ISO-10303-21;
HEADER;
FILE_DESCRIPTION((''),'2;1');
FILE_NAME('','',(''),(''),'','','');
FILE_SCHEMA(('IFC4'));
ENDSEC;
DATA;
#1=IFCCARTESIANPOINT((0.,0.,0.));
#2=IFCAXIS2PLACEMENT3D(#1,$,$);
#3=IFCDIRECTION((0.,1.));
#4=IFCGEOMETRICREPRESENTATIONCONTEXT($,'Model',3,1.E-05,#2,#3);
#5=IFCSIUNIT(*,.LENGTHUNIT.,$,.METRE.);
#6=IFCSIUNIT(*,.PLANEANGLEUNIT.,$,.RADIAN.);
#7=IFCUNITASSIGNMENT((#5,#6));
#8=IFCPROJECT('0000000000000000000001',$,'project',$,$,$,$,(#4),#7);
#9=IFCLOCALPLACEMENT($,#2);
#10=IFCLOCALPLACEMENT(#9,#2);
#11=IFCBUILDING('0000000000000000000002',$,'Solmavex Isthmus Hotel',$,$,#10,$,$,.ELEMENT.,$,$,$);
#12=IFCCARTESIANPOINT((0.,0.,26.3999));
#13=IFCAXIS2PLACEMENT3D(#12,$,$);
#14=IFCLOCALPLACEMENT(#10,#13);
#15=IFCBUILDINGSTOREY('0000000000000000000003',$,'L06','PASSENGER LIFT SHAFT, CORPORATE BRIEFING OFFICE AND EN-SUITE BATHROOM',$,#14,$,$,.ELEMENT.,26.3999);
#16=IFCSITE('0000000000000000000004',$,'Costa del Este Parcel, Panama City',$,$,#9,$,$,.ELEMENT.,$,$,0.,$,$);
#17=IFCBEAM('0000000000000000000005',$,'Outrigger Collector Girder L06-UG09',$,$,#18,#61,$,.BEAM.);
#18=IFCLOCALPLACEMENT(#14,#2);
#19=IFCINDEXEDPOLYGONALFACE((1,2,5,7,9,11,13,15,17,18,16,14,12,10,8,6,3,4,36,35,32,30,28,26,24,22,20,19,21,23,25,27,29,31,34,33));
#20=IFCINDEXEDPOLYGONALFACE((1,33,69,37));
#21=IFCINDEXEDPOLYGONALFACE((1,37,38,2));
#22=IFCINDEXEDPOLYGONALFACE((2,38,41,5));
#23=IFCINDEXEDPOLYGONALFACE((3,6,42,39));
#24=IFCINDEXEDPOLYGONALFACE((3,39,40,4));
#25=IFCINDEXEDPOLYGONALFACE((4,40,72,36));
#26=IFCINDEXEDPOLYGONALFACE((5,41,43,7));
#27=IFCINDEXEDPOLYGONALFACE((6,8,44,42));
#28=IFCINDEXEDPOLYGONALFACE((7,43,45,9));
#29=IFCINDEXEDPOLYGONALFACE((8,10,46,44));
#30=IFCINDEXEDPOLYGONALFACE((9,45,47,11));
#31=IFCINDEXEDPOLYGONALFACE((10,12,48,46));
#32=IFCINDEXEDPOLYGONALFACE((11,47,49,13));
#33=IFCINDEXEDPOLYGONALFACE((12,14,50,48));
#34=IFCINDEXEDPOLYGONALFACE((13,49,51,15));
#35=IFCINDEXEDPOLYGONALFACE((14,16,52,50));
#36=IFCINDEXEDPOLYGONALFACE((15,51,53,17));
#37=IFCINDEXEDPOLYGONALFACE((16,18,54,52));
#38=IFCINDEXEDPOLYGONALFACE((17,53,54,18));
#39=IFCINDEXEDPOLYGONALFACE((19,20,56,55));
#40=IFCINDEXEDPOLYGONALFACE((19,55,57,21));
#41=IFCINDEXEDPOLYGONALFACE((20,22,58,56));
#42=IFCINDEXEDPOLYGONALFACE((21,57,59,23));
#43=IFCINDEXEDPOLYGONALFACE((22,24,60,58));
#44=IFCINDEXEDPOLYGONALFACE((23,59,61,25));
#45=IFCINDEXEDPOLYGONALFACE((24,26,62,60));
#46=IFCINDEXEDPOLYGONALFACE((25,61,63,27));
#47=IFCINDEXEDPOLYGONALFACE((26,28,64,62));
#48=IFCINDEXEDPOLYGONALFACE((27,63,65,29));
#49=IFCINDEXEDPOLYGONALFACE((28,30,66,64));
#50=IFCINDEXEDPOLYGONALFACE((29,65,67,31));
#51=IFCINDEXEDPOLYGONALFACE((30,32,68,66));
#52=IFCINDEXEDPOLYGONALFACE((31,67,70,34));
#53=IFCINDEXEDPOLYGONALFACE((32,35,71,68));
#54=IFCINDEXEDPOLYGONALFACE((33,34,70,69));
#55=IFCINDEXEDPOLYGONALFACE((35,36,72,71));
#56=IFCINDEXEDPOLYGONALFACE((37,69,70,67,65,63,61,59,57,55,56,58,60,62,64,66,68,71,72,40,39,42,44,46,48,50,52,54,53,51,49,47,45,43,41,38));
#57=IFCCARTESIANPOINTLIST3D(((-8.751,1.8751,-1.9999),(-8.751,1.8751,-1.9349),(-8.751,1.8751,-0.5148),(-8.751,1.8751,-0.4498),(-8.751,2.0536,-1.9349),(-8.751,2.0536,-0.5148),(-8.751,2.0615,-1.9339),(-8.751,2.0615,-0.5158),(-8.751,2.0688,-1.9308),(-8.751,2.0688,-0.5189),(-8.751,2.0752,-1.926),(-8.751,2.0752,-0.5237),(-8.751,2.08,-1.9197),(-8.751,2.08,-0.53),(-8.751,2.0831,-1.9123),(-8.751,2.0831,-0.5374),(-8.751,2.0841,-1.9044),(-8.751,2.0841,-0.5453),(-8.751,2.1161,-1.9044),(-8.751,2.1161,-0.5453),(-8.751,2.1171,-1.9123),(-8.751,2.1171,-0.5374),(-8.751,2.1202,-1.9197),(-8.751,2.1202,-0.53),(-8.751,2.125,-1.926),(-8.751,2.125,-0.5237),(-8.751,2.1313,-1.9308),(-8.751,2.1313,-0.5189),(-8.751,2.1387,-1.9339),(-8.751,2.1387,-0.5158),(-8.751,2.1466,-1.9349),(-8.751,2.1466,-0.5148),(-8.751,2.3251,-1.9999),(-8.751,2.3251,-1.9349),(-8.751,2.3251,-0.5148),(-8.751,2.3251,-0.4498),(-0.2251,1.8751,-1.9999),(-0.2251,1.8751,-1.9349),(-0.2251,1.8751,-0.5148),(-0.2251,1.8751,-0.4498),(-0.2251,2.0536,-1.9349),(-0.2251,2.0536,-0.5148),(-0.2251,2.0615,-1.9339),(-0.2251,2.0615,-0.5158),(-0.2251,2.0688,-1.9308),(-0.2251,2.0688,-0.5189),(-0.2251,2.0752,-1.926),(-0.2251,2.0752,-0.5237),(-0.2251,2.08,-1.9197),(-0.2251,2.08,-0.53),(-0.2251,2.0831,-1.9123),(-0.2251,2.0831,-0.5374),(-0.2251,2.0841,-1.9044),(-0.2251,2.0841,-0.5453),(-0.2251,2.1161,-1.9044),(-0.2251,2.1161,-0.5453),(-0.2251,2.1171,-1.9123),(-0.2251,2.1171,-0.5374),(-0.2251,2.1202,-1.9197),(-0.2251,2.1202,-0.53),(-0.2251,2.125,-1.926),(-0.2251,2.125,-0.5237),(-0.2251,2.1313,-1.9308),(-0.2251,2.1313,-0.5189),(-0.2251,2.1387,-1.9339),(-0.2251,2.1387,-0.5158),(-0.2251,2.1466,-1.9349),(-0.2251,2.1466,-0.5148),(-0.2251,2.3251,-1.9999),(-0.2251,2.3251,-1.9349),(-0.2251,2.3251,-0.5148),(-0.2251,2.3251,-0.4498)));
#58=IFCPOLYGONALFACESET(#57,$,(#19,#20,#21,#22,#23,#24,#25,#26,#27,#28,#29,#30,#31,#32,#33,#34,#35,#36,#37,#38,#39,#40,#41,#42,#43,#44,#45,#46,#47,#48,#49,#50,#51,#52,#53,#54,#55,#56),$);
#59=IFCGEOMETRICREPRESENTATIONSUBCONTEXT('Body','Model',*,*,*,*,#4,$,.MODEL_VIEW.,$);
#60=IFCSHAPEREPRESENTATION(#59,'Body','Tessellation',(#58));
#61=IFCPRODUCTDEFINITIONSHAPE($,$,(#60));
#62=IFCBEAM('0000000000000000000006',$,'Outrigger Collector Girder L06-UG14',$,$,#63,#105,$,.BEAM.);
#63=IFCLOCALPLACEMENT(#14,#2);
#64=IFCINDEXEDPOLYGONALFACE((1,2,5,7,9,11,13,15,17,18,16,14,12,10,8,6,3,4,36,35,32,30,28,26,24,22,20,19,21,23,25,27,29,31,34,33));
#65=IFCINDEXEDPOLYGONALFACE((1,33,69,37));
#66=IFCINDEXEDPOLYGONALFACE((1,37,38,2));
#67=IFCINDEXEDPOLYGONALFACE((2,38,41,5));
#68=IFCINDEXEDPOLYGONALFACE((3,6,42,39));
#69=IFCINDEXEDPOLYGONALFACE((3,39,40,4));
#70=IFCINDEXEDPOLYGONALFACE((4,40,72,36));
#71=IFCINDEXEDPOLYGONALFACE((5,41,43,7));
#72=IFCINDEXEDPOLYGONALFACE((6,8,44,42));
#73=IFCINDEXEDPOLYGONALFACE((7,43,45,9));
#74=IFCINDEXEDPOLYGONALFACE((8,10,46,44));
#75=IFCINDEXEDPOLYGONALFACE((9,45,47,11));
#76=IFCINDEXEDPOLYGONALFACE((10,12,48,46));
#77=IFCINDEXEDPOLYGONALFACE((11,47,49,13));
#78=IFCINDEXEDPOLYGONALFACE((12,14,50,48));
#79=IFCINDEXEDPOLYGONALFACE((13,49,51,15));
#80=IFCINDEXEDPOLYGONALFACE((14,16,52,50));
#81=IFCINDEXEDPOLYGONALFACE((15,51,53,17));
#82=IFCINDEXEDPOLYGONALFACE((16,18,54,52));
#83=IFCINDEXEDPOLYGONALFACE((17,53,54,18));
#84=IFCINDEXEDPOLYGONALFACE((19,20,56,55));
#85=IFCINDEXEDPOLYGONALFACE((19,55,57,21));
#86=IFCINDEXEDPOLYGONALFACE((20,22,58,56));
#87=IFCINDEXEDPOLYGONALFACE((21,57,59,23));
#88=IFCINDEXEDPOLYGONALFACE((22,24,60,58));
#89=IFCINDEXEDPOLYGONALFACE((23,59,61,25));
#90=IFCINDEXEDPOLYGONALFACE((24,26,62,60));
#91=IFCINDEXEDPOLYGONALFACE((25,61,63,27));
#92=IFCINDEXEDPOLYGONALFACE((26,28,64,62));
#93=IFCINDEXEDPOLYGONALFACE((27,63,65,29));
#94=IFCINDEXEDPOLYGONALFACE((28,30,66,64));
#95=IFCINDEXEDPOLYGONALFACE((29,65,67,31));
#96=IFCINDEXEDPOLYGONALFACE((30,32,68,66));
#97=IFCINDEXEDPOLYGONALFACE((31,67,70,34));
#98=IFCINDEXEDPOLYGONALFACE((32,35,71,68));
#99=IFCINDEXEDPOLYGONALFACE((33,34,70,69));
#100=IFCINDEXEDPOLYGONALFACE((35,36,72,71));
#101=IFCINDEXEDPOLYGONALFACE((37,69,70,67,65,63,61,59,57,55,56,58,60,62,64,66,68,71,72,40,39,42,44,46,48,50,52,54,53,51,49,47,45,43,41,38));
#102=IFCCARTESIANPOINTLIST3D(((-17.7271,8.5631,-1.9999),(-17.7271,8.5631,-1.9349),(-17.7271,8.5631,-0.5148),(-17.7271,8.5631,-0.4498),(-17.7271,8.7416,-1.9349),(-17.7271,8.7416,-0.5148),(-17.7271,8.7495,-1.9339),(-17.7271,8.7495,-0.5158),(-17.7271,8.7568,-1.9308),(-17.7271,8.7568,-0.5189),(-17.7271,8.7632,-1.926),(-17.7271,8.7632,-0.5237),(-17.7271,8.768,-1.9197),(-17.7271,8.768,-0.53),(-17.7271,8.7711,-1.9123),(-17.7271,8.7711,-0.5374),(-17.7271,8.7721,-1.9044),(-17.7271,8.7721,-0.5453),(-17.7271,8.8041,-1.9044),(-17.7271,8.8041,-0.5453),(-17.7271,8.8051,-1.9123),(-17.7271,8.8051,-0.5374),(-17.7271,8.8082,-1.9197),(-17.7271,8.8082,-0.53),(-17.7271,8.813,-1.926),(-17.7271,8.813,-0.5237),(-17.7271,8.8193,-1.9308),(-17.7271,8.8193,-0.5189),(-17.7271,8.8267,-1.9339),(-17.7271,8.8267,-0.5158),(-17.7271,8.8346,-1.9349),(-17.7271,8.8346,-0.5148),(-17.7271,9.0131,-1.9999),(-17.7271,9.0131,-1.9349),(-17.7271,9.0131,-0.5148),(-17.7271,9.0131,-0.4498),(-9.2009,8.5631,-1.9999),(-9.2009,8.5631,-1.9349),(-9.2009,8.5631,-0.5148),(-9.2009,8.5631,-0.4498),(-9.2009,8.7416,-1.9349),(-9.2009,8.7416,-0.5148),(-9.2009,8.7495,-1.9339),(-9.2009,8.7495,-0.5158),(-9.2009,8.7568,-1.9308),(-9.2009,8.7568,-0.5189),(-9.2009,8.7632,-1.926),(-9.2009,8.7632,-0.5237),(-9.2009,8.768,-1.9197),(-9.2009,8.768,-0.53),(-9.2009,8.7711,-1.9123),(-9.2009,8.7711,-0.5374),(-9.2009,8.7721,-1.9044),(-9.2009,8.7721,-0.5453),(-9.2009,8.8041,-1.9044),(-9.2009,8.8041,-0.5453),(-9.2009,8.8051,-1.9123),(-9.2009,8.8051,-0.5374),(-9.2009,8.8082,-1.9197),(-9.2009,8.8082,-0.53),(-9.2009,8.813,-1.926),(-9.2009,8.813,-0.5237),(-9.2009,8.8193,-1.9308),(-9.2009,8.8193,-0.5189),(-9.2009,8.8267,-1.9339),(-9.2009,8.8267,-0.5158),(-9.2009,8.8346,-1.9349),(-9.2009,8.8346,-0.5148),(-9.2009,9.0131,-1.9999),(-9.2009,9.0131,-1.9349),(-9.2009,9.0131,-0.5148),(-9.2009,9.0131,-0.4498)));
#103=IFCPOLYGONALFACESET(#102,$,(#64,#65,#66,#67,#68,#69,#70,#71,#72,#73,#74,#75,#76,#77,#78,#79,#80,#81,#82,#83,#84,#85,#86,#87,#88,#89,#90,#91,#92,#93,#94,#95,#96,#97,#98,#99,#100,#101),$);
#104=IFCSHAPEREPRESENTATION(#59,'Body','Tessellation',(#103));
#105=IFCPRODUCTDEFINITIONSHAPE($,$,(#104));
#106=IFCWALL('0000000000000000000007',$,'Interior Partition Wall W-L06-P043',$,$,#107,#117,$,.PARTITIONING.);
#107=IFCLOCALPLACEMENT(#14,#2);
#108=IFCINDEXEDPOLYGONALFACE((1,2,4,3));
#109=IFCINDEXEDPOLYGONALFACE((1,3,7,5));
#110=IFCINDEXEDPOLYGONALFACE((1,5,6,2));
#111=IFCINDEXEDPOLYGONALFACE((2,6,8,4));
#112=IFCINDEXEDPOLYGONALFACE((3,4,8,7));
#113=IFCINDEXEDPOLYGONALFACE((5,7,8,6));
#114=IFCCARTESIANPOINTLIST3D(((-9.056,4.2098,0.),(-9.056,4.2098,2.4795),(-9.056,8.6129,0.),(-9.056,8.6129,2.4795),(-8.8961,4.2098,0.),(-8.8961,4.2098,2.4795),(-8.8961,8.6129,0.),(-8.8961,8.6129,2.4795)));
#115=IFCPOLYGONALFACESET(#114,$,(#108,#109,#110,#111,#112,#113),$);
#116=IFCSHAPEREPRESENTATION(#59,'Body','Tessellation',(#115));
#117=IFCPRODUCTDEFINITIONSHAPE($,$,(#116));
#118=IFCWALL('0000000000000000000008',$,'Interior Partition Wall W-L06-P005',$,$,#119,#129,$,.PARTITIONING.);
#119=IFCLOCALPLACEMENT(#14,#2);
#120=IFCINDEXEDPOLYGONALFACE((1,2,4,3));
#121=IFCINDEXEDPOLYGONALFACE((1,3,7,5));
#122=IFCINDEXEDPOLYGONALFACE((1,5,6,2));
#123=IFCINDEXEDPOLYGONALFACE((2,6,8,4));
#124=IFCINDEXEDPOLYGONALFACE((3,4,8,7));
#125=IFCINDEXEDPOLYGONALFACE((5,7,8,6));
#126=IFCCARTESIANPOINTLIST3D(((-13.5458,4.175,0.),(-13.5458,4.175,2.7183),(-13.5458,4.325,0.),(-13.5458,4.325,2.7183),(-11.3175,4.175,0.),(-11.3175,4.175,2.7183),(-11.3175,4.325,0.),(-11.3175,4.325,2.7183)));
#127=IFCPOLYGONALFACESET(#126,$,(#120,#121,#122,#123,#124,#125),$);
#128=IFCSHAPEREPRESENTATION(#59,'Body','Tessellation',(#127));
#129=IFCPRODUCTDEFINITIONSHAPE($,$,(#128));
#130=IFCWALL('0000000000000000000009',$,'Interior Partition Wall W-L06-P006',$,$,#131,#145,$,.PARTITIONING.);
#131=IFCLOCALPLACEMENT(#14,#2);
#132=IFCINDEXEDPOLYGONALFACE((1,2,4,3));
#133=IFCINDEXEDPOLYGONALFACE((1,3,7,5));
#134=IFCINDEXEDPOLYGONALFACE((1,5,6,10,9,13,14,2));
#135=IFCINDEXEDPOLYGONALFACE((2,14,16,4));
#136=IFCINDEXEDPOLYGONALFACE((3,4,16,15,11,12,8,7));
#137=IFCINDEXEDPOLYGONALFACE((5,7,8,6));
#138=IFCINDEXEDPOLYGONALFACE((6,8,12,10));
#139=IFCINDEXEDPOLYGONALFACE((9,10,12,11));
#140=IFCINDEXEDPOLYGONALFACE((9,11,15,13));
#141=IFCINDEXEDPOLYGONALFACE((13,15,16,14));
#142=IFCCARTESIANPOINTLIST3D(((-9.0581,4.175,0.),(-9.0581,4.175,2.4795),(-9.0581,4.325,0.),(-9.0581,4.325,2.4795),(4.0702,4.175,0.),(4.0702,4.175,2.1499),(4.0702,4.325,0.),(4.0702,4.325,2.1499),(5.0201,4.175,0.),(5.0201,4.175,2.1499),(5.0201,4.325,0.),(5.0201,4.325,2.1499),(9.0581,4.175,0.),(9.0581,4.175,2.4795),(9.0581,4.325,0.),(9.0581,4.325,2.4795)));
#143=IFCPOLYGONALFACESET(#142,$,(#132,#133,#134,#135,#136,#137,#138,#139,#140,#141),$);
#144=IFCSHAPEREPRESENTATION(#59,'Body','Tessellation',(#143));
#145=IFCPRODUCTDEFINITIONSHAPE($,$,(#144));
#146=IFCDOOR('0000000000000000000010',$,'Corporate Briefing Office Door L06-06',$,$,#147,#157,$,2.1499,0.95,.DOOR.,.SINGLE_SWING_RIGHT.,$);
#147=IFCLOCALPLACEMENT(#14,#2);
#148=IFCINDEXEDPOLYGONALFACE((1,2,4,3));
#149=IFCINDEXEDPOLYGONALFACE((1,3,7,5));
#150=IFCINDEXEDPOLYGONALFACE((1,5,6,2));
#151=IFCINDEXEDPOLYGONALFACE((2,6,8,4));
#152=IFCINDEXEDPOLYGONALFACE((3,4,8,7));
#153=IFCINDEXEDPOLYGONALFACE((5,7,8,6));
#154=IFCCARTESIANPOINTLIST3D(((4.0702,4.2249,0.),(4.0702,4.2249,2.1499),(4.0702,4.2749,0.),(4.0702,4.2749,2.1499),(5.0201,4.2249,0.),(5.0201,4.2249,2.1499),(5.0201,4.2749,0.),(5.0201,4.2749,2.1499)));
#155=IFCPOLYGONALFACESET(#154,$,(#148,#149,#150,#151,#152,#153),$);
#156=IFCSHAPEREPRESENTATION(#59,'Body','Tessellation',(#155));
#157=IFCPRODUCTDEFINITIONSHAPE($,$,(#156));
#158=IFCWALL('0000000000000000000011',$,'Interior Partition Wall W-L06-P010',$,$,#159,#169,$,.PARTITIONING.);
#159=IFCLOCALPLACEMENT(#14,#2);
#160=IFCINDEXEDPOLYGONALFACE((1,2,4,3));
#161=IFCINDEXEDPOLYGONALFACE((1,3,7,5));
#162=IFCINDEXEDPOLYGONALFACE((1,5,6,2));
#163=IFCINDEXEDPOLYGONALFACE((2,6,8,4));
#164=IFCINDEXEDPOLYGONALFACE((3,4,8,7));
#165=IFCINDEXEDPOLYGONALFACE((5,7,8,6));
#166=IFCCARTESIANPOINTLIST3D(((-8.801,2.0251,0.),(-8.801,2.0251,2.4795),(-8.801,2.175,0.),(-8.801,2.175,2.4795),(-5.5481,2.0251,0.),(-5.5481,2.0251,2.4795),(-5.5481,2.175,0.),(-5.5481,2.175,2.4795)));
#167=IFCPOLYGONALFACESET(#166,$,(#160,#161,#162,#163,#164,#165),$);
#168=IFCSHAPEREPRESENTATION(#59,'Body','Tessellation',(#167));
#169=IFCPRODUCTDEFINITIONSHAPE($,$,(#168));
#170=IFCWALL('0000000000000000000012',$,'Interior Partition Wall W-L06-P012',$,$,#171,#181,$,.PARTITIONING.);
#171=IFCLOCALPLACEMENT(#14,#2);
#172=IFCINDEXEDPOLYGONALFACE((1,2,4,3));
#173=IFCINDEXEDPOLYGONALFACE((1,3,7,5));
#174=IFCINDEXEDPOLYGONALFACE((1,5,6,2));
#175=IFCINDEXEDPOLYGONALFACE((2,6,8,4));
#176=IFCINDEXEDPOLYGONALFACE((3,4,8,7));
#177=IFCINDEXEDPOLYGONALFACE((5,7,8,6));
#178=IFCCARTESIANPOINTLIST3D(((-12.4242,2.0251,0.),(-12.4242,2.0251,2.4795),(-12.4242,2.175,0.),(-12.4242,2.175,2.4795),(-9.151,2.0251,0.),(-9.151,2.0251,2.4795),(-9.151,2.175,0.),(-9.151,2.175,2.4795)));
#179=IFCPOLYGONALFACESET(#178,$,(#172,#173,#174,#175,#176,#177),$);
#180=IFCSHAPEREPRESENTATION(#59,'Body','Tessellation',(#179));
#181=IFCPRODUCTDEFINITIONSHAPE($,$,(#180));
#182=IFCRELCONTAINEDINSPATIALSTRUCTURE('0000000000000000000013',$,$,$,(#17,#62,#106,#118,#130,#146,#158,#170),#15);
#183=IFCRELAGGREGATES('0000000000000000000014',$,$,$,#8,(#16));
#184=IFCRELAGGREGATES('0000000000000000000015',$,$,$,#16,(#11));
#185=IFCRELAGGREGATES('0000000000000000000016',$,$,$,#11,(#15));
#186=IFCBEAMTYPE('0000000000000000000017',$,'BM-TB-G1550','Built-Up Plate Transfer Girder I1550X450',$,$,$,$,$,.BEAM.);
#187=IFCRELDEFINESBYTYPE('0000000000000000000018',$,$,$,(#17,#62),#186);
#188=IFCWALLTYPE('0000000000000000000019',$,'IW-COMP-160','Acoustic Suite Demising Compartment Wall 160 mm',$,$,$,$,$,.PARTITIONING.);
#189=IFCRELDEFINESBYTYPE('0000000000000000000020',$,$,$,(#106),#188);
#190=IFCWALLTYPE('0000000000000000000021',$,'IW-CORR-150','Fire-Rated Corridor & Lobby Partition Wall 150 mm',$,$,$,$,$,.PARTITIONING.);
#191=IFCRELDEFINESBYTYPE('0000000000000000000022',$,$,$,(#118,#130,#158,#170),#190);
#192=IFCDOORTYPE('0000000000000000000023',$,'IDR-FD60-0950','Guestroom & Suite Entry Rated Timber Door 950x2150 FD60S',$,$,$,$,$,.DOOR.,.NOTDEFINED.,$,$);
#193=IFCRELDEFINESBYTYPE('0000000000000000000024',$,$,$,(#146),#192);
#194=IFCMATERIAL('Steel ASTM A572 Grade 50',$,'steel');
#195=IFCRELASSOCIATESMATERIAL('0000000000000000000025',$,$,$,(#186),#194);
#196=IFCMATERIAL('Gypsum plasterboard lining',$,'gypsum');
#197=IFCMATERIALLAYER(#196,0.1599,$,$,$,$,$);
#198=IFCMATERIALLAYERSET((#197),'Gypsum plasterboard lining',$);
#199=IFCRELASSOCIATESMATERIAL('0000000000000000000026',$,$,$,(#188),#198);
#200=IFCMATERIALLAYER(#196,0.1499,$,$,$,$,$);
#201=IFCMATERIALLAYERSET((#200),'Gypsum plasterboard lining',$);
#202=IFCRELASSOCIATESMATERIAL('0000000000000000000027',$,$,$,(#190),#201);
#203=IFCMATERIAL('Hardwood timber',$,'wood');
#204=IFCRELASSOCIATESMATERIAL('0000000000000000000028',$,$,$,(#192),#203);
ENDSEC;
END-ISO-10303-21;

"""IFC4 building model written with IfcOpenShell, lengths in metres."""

from ifc_helpers import new_model, si_unit, direction, frame, frame_2d, origin, origin_2d, place, context, subcontext, project, spatial, rectangle, i_section, extrude, material, layer, layer_set, material_profile, profile_set, type_object, element, fill, save


model = new_model("IFC4")

# Units and contexts
model_context = context("Model", 3, precision=1e-05, world=origin(), true_north=direction((0.0, 1.0)))
body_context = subcontext(model_context, "Body", "Model", "MODEL_VIEW")
ifc_project = project(units=[si_unit("LENGTHUNIT", "METRE"), si_unit("PLANEANGLEUNIT", "RADIAN")], contexts=[model_context])

# Site, building, storey
site_placement = place(None, origin())
site = spatial("IfcSite", under=ifc_project, at=site_placement, Name="Costa del Este Parcel, Panama City", CompositionType="ELEMENT", RefElevation=0.0)
building_placement = place(site_placement, origin())
building = spatial("IfcBuilding", under=site, at=building_placement, Name="Solmavex Isthmus Hotel", CompositionType="ELEMENT")
storey_placement = place(building_placement, frame((0.0, 0.0, 26.3999)))
storey = spatial("IfcBuildingStorey", under=building, at=storey_placement, Name="L06", Description="PASSENGER LIFT SHAFT, CORPORATE BRIEFING OFFICE AND EN-SUITE BATHROOM", CompositionType="ELEMENT", Elevation=26.3999)

# Beams
ifc_material_1 = material(Name="Steel ASTM A572 Grade 50", Category="steel")
ifc_material_profile_1 = material_profile(ifc_material_1, i_section(OverallWidth=0.45, OverallDepth=1.55, WebThickness=0.032, FlangeThickness=0.0649, FilletRadius=0.0305, at=origin_2d()), Name="I1550X450")
ifc_profile_set_1 = profile_set([ifc_material_profile_1], Name="Steel ASTM A572 Grade 50")
beam_type_1 = type_object("IfcBeamType", Name="BM-TB-G1550", Description="Built-Up Plate Transfer Girder I1550X450", PredefinedType="BEAM", material=ifc_profile_set_1)
beam_1_placement = place(storey_placement, frame((-8.751, 2.1001, -1.2249), z_axis=(1.0, 0.0, 0.0), x_axis=(0.0, 1.0, 0.0)))
element("IfcBeam", 1, at=beam_1_placement, inside=storey, type_object=beam_type_1, Name="Outrigger Collector Girder L06-UG09", PredefinedType="BEAM", context=body_context, shape_type="SweptSolid", body=[
    extrude(i_section(OverallWidth=0.45, OverallDepth=1.55, WebThickness=0.032, FlangeThickness=0.0649, FilletRadius=0.0305, at=origin_2d()), origin(), (0.0, 0.0, 1.0), 8.5259),
])
beam_2_placement = place(storey_placement, frame((-17.7271, 8.7881, -1.2249), z_axis=(1.0, 0.0, 0.0), x_axis=(0.0, 1.0, 0.0)))
element("IfcBeam", 2, at=beam_2_placement, inside=storey, type_object=beam_type_1, Name="Outrigger Collector Girder L06-UG14", PredefinedType="BEAM", context=body_context, shape_type="SweptSolid", body=[
    extrude(i_section(OverallWidth=0.45, OverallDepth=1.55, WebThickness=0.032, FlangeThickness=0.0649, FilletRadius=0.0305, at=origin_2d()), origin(), (0.0, 0.0, 1.0), 8.5261),
])

# Wall
ifc_material_2 = material(Name="Gypsum plasterboard lining", Category="gypsum")
ifc_layer_1 = layer(ifc_material_2, 0.1599)
ifc_layer_set_1 = layer_set([ifc_layer_1], Name="Gypsum plasterboard lining")
wall_type_1 = type_object("IfcWallType", Name="IW-COMP-160", Description="Acoustic Suite Demising Compartment Wall 160 mm", PredefinedType="PARTITIONING", material=ifc_layer_set_1)
wall_1_placement = place(storey_placement, frame((-8.9761, 8.613, 0.0), z_axis=(0.0, 0.0, 1.0), x_axis=(0.0, -1.0, 0.0)))
element("IfcWall", 3, at=wall_1_placement, inside=storey, type_object=wall_type_1, Name="Interior Partition Wall W-L06-P043", PredefinedType="PARTITIONING", context=body_context, shape_type="SweptSolid", body=[
    extrude(rectangle(XDim=4.4031, YDim=0.1599, at=frame_2d((2.2017, 0.0))), origin(), (0.0, 0.0, 1.0), 2.4795),
])

# Shared definitions
ifc_layer_2 = layer(ifc_material_2, 0.1499)
ifc_layer_set_2 = layer_set([ifc_layer_2], Name="Gypsum plasterboard lining")
wall_type_2 = type_object("IfcWallType", Name="IW-CORR-150", Description="Fire-Rated Corridor & Lobby Partition Wall 150 mm", PredefinedType="PARTITIONING", material=ifc_layer_set_2)
ifc_material_3 = material(Name="Hardwood timber", Category="wood")
door_type_1 = type_object("IfcDoorType", Name="IDR-FD60-0950", Description="Guestroom & Suite Entry Rated Timber Door 950x2150 FD60S", OperationType="NOTDEFINED", PredefinedType="DOOR", material=ifc_material_3)

# Wall
wall_2_placement = place(storey_placement, frame((-13.5459, 4.25, 0.0), z_axis=(0.0, 0.0, 1.0), x_axis=(1.0, 0.0, 0.0)))
element("IfcWall", 4, at=wall_2_placement, inside=storey, type_object=wall_type_2, Name="Interior Partition Wall W-L06-P005", PredefinedType="PARTITIONING", context=body_context, shape_type="SweptSolid", body=[
    extrude(rectangle(XDim=2.2283, YDim=0.1499, at=frame_2d((1.1143, 0.0))), origin(), (0.0, 0.0, 1.0), 2.7183),
])

# Wall, opening, door
wall_3_placement = place(storey_placement, frame((-9.0581, 4.25, 0.0), z_axis=(0.0, 0.0, 1.0), x_axis=(1.0, 0.0, 0.0)))
wall_3 = element("IfcWall", 5, at=wall_3_placement, inside=storey, type_object=wall_type_2, Name="Interior Partition Wall W-L06-P006", PredefinedType="PARTITIONING", context=body_context, shape_type="SweptSolid", body=[
    extrude(rectangle(XDim=18.1162, YDim=0.1499, at=frame_2d((9.0581, 0.0))), origin(), (0.0, 0.0, 1.0), 2.4795),
])
opening_1_placement = place(wall_3_placement, frame((13.1282, 0.0, 0.0)))
opening_1 = element("IfcOpeningElement", 6, at=opening_1_placement, cuts=wall_3, PredefinedType="OPENING", context=body_context, shape_type="SweptSolid", body=[
    extrude(rectangle(XDim=0.95, YDim=2.1499, at=frame_2d((0.4751, 1.075))), frame((0.0, 0.085, 0.0), z_axis=(0.0, -1.0, 0.0), x_axis=(1.0, 0.0, 0.0)), (0.0, 0.0, 1.0), 0.1699),
])
door_1_placement = place(opening_1_placement, origin())
door_1 = element("IfcDoor", 7, at=door_1_placement, inside=storey, type_object=door_type_1, Name="Corporate Briefing Office Door L06-06", OperationType="SINGLE_SWING_RIGHT", OverallHeight=2.1499, OverallWidth=0.95, PredefinedType="DOOR", context=body_context, shape_type="SweptSolid", body=[
    extrude(rectangle(XDim=0.95, YDim=2.1499, at=frame_2d((0.4751, 1.075))), frame((0.0, 0.0249, 0.0), z_axis=(0.0, -1.0, 0.0), x_axis=(1.0, 0.0, 0.0)), (0.0, 0.0, 1.0), 0.05),
])
fill(opening_1, door_1)

# Walls
wall_4_placement = place(storey_placement, frame((-5.5481, 2.1001, 0.0), z_axis=(0.0, 0.0, 1.0), x_axis=(-1.0, 0.0, 0.0)))
element("IfcWall", 8, at=wall_4_placement, inside=storey, type_object=wall_type_2, Name="Interior Partition Wall W-L06-P010", PredefinedType="PARTITIONING", context=body_context, shape_type="SweptSolid", body=[
    extrude(rectangle(XDim=3.2529, YDim=0.1499, at=frame_2d((1.6265, 0.0))), origin(), (0.0, 0.0, 1.0), 2.4795),
])
wall_5_placement = place(storey_placement, frame((-9.1509, 2.1001, 0.0), z_axis=(0.0, 0.0, 1.0), x_axis=(-1.0, 0.0, 0.0)))
element("IfcWall", 9, at=wall_5_placement, inside=storey, type_object=wall_type_2, Name="Interior Partition Wall W-L06-P012", PredefinedType="PARTITIONING", context=body_context, shape_type="SweptSolid", body=[
    extrude(rectangle(XDim=3.2732, YDim=0.1499, at=frame_2d((1.6367, 0.0))), origin(), (0.0, 0.0, 1.0), 2.4795),
])

save(model, "model.ifc")
